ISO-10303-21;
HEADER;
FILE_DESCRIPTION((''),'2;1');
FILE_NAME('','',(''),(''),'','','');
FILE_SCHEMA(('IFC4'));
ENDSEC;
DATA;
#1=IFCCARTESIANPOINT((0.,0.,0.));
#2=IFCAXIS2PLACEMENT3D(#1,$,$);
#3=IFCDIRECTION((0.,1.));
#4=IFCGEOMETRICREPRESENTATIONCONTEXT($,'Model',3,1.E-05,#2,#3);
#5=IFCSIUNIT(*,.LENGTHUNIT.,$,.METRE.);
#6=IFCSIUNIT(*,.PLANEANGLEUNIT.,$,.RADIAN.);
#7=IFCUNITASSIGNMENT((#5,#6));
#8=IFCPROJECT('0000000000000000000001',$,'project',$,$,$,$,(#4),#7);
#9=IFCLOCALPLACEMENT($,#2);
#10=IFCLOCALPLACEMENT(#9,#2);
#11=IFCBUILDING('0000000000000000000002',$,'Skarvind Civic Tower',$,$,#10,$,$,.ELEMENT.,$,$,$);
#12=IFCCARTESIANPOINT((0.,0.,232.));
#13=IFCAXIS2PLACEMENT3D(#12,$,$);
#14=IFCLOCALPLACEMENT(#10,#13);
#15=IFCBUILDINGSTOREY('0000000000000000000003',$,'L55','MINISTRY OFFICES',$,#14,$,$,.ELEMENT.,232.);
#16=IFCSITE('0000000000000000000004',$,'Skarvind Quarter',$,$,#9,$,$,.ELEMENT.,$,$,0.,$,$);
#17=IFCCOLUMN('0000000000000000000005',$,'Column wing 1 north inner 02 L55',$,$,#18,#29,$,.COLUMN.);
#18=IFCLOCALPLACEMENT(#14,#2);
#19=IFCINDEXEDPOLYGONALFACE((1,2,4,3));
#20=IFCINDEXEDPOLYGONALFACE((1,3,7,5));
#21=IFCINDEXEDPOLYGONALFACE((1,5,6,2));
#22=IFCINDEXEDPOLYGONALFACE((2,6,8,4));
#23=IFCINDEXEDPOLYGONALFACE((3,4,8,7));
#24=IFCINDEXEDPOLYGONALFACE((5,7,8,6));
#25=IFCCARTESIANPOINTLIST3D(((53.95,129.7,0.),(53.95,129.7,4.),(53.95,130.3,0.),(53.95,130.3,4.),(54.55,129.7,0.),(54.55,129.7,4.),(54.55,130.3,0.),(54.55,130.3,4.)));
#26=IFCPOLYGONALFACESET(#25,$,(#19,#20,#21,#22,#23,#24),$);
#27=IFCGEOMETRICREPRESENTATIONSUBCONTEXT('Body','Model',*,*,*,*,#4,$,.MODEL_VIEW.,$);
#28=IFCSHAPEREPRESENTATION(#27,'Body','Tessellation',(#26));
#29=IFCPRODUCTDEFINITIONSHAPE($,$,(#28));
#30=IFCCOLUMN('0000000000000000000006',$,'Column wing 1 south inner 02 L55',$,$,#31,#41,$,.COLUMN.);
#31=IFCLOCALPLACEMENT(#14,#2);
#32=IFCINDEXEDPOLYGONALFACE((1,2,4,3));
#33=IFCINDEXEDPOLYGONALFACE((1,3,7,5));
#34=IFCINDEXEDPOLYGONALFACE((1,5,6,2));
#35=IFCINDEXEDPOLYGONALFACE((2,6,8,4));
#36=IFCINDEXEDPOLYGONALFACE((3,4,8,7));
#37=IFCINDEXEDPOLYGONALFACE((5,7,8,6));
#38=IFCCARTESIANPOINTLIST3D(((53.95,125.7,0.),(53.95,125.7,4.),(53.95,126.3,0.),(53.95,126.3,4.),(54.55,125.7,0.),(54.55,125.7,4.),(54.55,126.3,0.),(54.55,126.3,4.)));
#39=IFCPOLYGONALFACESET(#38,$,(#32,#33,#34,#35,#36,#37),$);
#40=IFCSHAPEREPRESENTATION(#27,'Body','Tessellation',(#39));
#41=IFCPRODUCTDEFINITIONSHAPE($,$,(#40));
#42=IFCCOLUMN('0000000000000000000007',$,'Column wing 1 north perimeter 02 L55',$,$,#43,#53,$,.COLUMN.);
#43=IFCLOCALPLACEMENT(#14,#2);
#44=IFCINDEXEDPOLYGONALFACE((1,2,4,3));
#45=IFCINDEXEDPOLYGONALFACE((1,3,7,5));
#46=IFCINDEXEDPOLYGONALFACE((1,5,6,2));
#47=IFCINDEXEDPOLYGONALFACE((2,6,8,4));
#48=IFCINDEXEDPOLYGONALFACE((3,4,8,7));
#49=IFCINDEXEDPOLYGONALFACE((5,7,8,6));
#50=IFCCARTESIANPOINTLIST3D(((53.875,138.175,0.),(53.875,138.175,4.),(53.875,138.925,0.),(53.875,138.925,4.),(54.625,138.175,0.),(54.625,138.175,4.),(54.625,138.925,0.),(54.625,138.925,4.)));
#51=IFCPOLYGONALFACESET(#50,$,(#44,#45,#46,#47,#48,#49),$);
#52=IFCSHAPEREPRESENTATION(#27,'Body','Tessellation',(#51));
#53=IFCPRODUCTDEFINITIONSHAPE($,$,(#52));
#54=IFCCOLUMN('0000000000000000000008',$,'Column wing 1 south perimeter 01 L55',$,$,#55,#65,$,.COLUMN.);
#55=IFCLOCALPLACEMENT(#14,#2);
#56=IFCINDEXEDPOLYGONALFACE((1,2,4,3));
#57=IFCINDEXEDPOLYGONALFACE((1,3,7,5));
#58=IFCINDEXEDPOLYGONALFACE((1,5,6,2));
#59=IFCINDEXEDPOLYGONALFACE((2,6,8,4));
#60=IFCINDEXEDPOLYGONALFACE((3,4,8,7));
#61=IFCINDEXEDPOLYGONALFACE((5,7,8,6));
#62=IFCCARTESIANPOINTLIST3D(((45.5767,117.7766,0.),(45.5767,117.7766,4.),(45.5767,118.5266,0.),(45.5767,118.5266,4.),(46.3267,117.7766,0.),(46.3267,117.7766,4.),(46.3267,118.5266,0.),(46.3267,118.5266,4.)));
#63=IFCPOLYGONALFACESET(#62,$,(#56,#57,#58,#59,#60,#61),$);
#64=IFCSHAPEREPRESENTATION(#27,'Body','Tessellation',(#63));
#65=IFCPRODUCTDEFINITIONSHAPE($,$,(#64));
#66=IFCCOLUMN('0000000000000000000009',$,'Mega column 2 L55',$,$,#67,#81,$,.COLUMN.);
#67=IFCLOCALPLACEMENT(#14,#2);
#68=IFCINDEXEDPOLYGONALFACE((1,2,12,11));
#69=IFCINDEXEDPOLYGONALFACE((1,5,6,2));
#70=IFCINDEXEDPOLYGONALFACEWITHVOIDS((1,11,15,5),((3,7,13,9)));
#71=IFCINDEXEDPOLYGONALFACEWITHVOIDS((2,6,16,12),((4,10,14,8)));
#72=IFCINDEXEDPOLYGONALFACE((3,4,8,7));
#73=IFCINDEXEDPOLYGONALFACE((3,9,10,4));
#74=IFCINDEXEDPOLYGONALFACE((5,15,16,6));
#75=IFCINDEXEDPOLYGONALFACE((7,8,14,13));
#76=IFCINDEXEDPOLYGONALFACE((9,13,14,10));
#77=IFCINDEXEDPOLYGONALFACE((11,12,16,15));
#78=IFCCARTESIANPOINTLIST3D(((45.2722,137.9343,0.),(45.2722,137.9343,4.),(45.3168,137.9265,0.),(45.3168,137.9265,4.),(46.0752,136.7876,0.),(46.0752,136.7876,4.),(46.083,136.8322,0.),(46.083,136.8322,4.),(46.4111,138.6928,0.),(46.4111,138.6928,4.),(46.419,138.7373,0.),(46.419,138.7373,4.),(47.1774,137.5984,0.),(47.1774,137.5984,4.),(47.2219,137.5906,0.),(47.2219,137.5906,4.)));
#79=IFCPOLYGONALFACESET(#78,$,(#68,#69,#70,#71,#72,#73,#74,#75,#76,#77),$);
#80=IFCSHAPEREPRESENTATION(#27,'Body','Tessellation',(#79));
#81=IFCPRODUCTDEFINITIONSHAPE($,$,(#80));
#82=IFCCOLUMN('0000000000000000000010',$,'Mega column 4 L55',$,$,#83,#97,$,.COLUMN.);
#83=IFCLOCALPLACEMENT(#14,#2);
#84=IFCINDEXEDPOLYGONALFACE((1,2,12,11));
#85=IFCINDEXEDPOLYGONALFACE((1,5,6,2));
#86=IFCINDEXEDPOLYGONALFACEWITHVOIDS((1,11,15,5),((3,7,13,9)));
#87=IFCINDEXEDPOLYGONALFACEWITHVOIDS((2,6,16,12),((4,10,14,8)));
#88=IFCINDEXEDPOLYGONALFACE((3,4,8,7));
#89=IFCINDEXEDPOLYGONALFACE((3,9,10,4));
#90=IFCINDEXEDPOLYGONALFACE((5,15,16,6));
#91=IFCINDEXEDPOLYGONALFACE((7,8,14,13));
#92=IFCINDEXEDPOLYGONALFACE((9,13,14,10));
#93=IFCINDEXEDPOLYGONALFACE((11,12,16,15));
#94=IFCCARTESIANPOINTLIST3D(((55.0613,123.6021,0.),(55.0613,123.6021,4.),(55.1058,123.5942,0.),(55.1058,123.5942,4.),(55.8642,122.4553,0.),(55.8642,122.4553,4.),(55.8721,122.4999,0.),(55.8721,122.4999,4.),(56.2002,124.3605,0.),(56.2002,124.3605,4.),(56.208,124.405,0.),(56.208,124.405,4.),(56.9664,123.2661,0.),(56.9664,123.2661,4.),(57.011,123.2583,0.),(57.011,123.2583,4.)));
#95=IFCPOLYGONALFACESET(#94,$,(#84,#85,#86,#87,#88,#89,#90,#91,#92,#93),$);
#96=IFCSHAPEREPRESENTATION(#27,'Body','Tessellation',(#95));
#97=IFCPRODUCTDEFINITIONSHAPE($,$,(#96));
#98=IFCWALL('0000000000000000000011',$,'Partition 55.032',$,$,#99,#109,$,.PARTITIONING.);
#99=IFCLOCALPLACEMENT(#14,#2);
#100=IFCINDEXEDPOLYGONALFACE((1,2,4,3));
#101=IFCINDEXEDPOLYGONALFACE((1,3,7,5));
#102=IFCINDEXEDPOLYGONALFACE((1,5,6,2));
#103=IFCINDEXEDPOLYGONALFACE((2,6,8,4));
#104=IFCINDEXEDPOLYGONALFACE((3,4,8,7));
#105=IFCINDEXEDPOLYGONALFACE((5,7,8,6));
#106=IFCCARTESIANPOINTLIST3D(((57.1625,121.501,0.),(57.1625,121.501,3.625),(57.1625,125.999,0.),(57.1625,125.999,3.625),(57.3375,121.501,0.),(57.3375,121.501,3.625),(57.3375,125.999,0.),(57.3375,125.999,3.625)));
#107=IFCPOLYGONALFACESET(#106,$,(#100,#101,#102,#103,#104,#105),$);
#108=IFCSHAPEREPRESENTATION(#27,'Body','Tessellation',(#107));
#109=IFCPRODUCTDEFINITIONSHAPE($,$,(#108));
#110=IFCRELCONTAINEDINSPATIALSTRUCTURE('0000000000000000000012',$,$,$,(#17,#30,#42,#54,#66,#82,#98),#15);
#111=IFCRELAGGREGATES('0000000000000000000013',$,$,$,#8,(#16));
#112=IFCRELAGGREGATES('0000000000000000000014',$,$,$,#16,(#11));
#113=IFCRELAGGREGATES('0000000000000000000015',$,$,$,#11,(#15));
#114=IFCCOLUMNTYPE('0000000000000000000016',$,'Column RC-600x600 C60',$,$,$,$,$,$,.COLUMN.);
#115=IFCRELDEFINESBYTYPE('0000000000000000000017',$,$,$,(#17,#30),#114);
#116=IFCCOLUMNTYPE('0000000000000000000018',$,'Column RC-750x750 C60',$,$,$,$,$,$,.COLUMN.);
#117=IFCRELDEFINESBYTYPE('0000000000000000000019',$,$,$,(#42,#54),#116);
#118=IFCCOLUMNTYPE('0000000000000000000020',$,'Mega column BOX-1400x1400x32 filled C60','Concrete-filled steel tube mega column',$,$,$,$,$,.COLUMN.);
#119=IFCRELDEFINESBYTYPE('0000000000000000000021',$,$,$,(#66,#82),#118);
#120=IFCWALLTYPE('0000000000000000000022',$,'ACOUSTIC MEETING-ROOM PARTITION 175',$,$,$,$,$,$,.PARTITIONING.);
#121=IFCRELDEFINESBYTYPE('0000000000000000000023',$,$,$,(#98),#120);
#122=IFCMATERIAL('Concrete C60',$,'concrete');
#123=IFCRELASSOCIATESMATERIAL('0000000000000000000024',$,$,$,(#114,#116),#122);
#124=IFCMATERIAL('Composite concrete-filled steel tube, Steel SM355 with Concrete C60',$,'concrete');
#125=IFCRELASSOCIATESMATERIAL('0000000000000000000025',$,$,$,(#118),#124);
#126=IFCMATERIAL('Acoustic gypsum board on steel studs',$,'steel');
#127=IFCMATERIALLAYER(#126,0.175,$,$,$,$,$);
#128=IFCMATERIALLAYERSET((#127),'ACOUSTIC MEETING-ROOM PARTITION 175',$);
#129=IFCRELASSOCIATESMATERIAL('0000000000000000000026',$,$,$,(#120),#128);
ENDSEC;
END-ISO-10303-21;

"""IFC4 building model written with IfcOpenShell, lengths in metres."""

from ifc_helpers import new_model, si_unit, direction, frame, frame_2d, origin, origin_2d, place, context, subcontext, project, spatial, rectangle, hollow_rectangle, extrude, material, layer, layer_set, material_profile, profile_set, type_object, element, save


model = new_model("IFC4")

# Units and contexts
model_context = context("Model", 3, precision=1e-05, world=origin(), true_north=direction((0.0, 1.0)))
body_context = subcontext(model_context, "Body", "Model", "MODEL_VIEW")
ifc_project = project(units=[si_unit("LENGTHUNIT", "METRE"), si_unit("PLANEANGLEUNIT", "RADIAN")], contexts=[model_context])

# Site, building, storey
site_placement = place(None, origin())
site = spatial("IfcSite", under=ifc_project, at=site_placement, Name="Skarvind Quarter", CompositionType="ELEMENT", RefElevation=0.0)
building_placement = place(site_placement, origin())
building = spatial("IfcBuilding", under=site, at=building_placement, Name="Skarvind Civic Tower", CompositionType="ELEMENT")
storey_placement = place(building_placement, frame((0.0, 0.0, 232.0)))
storey = spatial("IfcBuildingStorey", under=building, at=storey_placement, Name="L55", Description="MINISTRY OFFICES", CompositionType="ELEMENT", Elevation=232.0)

# Columns
ifc_material_1 = material(Name="Concrete C60", Category="concrete")
ifc_material_profile_1 = material_profile(ifc_material_1, rectangle(XDim=0.6001, YDim=0.6001, at=origin_2d()), Name="RC-600x600")
ifc_profile_set_1 = profile_set([ifc_material_profile_1], Name="Concrete C60")
column_type_1 = type_object("IfcColumnType", Name="Column RC-600x600 C60", PredefinedType="COLUMN", material=ifc_profile_set_1)
for number, where, z_axis, x_axis, name in (
    (1, (54.25, 130.0, 0.0), (0.0, 0.0, 1.0), (1.0, 0.0, 0.0), "Column wing 1 north inner 02 L55"),
    (2, (54.25, 126.0, 0.0), (0.0, 0.0, 1.0), (1.0, 0.0, 0.0), "Column wing 1 south inner 02 L55"),
):
    element("IfcColumn", number, at=place(storey_placement, frame(where, z_axis=z_axis, x_axis=x_axis)), inside=storey, type_object=column_type_1, Name=name, PredefinedType="COLUMN", context=body_context, shape_type="SweptSolid", body=[
        extrude(rectangle(XDim=0.6001, YDim=0.6001, at=origin_2d()), origin(), (0.0, 0.0, 1.0), 4.0),
    ])
ifc_material_profile_2 = material_profile(ifc_material_1, rectangle(XDim=0.75, YDim=0.75, at=origin_2d()), Name="RC-750x750")
ifc_profile_set_2 = profile_set([ifc_material_profile_2], Name="Concrete C60")
column_type_2 = type_object("IfcColumnType", Name="Column RC-750x750 C60", PredefinedType="COLUMN", material=ifc_profile_set_2)
for number, where, z_axis, x_axis, name in (
    (3, (54.25, 138.55, 0.0), (0.0, 0.0, 1.0), (1.0, 0.0, 0.0), "Column wing 1 north perimeter 02 L55"),
    (4, (45.9517, 118.1516, 0.0), (0.0, 0.0, 1.0), (1.0, 0.0, 0.0), "Column wing 1 south perimeter 01 L55"),
):
    element("IfcColumn", number, at=place(storey_placement, frame(where, z_axis=z_axis, x_axis=x_axis)), inside=storey, type_object=column_type_2, Name=name, PredefinedType="COLUMN", context=body_context, shape_type="SweptSolid", body=[
        extrude(rectangle(XDim=0.75, YDim=0.75, at=origin_2d()), origin(), (0.0, 0.0, 1.0), 4.0),
    ])
ifc_material_2 = material(Name="Composite concrete-filled steel tube, Steel SM355 with Concrete C60", Category="concrete")
ifc_material_profile_3 = material_profile(ifc_material_2, hollow_rectangle(XDim=1.3999, YDim=1.3999, WallThickness=0.032, at=origin_2d()), Name="BOX-1400x1400x32")
ifc_profile_set_3 = profile_set([ifc_material_profile_3], Name="Composite concrete-filled steel tube, Steel SM355 with Concrete C60")
column_type_3 = type_object("IfcColumnType", Name="Mega column BOX-1400x1400x32 filled C60", Description="Concrete-filled steel tube mega column", PredefinedType="COLUMN", material=ifc_profile_set_3)
for number, where, z_axis, x_axis, name in (
    (5, (46.2471, 137.7625, 0.0), (0.0, 0.0, 1.0), (0.573576, -0.819152, 0.0), "Mega column 2 L55"),
    (6, (56.0361, 123.4302, 0.0), (0.0, 0.0, 1.0), (0.573576, -0.819152, 0.0), "Mega column 4 L55"),
):
    element("IfcColumn", number, at=place(storey_placement, frame(where, z_axis=z_axis, x_axis=x_axis)), inside=storey, type_object=column_type_3, Name=name, PredefinedType="COLUMN", context=body_context, shape_type="SweptSolid", body=[
        extrude(hollow_rectangle(XDim=1.3999, YDim=1.3999, WallThickness=0.032, at=origin_2d()), origin(), (0.0, 0.0, 1.0), 4.0),
    ])

# Wall
ifc_material_3 = material(Name="Acoustic gypsum board on steel studs", Category="steel")
ifc_layer_1 = layer(ifc_material_3, 0.175)
ifc_layer_set_1 = layer_set([ifc_layer_1], Name="ACOUSTIC MEETING-ROOM PARTITION 175")
wall_type_1 = type_object("IfcWallType", Name="ACOUSTIC MEETING-ROOM PARTITION 175", PredefinedType="PARTITIONING", material=ifc_layer_set_1)
wall_1_placement = place(storey_placement, frame((57.25, 125.999, 0.0), z_axis=(0.0, 0.0, 1.0), x_axis=(0.0, -1.0, 0.0)))
element("IfcWall", 7, at=wall_1_placement, inside=storey, type_object=wall_type_1, Name="Partition 55.032", PredefinedType="PARTITIONING", context=body_context, shape_type="SweptSolid", body=[
    extrude(rectangle(XDim=4.498, YDim=0.175, at=frame_2d((2.249, 0.0))), origin(), (0.0, 0.0, 1.0), 3.625),
])

save(model, "model.ifc")
